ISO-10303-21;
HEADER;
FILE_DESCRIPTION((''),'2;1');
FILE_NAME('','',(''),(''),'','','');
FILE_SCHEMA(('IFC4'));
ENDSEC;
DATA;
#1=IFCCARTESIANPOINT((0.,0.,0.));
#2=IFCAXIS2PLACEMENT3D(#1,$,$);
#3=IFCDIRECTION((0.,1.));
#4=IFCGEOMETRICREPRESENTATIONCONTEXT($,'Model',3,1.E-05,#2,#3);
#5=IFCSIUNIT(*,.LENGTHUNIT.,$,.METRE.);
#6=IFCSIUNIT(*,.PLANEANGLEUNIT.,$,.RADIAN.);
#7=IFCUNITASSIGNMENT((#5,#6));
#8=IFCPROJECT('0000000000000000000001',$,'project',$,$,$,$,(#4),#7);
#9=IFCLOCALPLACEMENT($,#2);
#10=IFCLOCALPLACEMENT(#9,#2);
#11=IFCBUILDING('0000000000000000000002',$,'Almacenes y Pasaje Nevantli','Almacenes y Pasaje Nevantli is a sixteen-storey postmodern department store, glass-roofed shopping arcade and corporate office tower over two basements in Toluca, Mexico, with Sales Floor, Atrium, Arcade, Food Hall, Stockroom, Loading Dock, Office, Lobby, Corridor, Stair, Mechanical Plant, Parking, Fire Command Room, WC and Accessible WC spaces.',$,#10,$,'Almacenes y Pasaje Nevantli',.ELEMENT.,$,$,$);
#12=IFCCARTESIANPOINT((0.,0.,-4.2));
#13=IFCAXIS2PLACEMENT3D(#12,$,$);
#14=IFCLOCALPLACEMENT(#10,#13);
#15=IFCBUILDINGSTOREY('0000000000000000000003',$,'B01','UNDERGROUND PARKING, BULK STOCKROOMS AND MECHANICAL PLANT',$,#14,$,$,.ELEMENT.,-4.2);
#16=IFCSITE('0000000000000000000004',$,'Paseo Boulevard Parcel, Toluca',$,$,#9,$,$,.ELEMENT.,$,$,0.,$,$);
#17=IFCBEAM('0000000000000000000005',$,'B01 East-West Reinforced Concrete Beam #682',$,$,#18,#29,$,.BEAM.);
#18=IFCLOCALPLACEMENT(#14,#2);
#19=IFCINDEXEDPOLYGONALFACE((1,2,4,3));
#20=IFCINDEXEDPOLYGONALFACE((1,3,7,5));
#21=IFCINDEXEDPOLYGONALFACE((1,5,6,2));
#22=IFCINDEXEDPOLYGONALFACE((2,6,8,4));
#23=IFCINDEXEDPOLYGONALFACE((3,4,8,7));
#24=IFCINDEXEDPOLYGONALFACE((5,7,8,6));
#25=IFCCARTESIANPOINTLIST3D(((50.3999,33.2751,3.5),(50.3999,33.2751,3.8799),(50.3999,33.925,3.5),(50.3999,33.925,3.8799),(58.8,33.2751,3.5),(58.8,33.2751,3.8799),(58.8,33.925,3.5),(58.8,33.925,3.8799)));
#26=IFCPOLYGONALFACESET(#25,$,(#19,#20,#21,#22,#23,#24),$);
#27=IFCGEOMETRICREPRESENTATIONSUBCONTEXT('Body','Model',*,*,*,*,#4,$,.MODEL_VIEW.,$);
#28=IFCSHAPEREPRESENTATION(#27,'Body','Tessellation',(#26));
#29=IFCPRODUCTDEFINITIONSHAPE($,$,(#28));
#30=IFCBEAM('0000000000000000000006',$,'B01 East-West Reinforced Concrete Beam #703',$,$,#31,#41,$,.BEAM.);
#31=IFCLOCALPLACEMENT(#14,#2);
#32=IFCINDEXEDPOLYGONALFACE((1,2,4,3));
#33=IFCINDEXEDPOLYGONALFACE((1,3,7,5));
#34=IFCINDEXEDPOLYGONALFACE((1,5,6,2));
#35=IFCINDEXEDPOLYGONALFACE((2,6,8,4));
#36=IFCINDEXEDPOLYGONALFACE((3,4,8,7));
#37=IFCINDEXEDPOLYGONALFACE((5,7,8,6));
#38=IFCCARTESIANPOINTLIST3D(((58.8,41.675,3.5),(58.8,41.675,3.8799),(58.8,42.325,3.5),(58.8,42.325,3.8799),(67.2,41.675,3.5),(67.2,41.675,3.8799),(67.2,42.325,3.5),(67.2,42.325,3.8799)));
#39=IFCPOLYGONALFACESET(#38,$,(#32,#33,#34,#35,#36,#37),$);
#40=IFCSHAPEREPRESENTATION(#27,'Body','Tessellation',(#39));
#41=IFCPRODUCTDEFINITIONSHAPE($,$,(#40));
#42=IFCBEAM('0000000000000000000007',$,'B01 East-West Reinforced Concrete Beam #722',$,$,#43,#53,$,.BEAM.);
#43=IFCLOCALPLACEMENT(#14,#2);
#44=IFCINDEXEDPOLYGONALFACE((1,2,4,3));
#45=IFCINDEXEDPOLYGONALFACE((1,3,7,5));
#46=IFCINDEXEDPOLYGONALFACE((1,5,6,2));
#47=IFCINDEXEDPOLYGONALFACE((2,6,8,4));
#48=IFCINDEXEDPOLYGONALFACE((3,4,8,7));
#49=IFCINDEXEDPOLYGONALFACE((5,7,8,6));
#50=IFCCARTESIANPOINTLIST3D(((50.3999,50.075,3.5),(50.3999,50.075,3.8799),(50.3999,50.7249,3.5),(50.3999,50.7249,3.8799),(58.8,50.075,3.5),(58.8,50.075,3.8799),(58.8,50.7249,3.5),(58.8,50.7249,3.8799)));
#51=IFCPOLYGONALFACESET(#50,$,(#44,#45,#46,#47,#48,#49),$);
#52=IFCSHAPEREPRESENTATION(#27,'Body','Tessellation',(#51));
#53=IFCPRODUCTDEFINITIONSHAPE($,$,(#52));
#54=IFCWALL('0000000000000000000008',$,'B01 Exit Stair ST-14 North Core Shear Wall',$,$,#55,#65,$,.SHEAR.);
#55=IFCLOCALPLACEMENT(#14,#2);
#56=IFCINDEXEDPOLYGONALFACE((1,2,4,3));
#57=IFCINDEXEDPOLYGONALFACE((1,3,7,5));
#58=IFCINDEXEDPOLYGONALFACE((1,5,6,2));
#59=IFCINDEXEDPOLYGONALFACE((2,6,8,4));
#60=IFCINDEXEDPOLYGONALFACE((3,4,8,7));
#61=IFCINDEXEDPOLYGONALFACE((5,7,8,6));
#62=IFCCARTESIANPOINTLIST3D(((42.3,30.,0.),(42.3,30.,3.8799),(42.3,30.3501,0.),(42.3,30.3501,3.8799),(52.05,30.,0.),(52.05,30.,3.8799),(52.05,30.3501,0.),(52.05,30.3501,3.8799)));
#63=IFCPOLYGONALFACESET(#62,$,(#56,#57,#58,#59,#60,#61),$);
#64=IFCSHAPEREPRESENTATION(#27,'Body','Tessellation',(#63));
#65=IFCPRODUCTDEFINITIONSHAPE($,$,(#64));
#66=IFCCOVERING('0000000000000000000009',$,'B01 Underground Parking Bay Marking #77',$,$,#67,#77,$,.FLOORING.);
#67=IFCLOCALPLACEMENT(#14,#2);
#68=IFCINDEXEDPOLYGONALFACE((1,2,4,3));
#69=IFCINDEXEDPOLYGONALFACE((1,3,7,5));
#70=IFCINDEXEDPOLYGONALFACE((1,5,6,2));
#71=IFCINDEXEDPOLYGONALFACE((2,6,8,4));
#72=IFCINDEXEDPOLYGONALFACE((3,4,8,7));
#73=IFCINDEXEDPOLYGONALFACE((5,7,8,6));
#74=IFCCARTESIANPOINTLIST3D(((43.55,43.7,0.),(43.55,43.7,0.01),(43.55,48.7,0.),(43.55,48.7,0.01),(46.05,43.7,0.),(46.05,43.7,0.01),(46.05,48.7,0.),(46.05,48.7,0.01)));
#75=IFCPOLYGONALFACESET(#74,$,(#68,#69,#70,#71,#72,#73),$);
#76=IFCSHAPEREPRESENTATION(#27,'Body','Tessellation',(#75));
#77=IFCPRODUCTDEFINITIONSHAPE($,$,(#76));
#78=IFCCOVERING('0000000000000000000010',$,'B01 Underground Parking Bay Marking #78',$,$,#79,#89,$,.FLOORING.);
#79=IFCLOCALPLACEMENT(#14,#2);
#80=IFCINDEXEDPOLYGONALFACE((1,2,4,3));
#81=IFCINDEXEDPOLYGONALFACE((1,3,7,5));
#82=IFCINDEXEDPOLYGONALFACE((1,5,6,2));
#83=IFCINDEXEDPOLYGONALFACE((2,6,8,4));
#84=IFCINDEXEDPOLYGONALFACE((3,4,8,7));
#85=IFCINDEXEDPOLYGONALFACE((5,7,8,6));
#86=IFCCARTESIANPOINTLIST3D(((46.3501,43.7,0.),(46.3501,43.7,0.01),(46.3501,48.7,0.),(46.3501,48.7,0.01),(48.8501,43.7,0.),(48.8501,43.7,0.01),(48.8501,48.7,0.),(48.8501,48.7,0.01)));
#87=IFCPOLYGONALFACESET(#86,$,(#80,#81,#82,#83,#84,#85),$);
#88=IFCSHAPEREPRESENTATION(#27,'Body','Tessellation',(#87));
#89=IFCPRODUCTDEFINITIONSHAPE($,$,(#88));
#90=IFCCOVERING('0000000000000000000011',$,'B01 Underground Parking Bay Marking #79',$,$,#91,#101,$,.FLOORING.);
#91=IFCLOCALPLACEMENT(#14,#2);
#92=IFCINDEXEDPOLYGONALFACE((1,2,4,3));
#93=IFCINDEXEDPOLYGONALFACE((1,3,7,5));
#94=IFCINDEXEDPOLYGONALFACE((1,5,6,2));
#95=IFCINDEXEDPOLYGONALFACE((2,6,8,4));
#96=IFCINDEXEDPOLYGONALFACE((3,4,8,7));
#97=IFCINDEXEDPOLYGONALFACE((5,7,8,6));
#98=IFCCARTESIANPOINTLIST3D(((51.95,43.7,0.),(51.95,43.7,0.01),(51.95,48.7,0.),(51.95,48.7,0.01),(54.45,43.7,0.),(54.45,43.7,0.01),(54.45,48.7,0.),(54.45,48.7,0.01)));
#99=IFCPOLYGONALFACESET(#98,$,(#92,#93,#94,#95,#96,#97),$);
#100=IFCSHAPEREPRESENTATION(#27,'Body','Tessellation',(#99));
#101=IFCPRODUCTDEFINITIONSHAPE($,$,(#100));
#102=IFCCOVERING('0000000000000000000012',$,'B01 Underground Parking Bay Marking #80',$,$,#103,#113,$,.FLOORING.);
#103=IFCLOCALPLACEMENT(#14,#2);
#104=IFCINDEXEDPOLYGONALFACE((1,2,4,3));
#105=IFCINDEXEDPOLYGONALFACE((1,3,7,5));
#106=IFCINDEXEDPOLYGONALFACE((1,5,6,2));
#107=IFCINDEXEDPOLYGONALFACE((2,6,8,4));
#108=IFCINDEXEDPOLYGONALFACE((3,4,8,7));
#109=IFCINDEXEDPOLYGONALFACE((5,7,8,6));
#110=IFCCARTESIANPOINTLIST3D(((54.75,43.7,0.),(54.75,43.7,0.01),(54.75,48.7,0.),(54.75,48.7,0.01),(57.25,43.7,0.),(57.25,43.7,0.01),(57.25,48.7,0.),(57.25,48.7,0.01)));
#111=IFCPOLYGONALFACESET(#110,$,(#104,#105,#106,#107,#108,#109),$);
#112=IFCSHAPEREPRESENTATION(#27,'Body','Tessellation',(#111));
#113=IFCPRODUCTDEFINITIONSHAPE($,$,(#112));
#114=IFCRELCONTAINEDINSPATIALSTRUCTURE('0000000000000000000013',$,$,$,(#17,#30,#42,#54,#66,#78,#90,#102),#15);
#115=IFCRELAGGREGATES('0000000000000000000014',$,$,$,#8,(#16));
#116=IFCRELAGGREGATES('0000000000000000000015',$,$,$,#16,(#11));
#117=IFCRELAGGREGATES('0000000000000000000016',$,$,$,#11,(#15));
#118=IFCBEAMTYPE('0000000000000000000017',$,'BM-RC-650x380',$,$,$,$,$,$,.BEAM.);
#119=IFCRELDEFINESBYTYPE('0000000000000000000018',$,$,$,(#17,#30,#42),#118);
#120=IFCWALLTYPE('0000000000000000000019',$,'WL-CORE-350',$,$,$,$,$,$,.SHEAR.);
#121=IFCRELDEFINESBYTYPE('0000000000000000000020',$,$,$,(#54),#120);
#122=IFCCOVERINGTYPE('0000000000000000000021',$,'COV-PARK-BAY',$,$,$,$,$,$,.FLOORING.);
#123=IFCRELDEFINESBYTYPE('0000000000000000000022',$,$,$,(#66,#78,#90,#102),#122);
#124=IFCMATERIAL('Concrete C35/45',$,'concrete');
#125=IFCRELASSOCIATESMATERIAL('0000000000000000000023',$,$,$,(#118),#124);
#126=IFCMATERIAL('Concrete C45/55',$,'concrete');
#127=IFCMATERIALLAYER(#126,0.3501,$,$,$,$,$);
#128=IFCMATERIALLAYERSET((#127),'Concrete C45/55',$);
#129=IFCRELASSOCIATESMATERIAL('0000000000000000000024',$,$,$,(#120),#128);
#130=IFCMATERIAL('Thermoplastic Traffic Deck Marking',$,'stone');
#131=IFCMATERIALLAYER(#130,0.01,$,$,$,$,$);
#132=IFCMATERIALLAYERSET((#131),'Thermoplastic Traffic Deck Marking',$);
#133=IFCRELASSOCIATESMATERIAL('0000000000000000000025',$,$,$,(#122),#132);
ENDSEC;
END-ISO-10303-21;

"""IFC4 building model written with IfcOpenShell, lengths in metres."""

from ifc_helpers import new_model, si_unit, direction, frame, frame_2d, origin, origin_2d, place, context, subcontext, project, spatial, rectangle, extrude, material, layer, layer_set, material_profile, profile_set, type_object, element, save


model = new_model("IFC4")

# Units and contexts
model_context = context("Model", 3, precision=1e-05, world=origin(), true_north=direction((0.0, 1.0)))
body_context = subcontext(model_context, "Body", "Model", "MODEL_VIEW")
ifc_project = project(units=[si_unit("LENGTHUNIT", "METRE"), si_unit("PLANEANGLEUNIT", "RADIAN")], contexts=[model_context])

# Site, building, storey
site_placement = place(None, origin())
site = spatial("IfcSite", under=ifc_project, at=site_placement, Name="Paseo Boulevard Parcel, Toluca", CompositionType="ELEMENT", RefElevation=0.0)
building_placement = place(site_placement, origin())
building = spatial("IfcBuilding", under=site, at=building_placement, Name="Almacenes y Pasaje Nevantli", Description="Almacenes y Pasaje Nevantli is a sixteen-storey postmodern department store, glass-roofed shopping arcade and corporate office tower over two basements in Toluca, Mexico, with Sales Floor, Atrium, Arcade, Food Hall, Stockroom, Loading Dock, Office, Lobby, Corridor, Stair, Mechanical Plant, Parking, Fire Command Room, WC and Accessible WC spaces.", LongName="Almacenes y Pasaje Nevantli", CompositionType="ELEMENT")
storey_placement = place(building_placement, frame((0.0, 0.0, -4.2)))
storey = spatial("IfcBuildingStorey", under=building, at=storey_placement, Name="B01", Description="UNDERGROUND PARKING, BULK STOCKROOMS AND MECHANICAL PLANT", CompositionType="ELEMENT", Elevation=-4.2)

# Beams
ifc_material_1 = material(Name="Concrete C35/45", Category="concrete")
ifc_material_profile_1 = material_profile(ifc_material_1, rectangle(XDim=0.6499, YDim=0.3799, at=origin_2d()), Name="RC-BM-650x380")
ifc_profile_set_1 = profile_set([ifc_material_profile_1], Name="Concrete C35/45")
beam_type_1 = type_object("IfcBeamType", Name="BM-RC-650x380", PredefinedType="BEAM", material=ifc_profile_set_1)
beam_1_placement = place(storey_placement, frame((50.3999, 33.6001, 3.6899), z_axis=(1.0, 0.0, 0.0), x_axis=(0.0, 1.0, 0.0)))
element("IfcBeam", 1, at=beam_1_placement, inside=storey, type_object=beam_type_1, Name="B01 East-West Reinforced Concrete Beam #682", PredefinedType="BEAM", context=body_context, shape_type="SweptSolid", body=[
    extrude(rectangle(XDim=0.6499, YDim=0.3799, at=origin_2d()), origin(), (0.0, 0.0, 1.0), 8.4001),
])
beam_2_placement = place(storey_placement, frame((58.8, 42.0, 3.6899), z_axis=(1.0, 0.0, 0.0), x_axis=(0.0, 1.0, 0.0)))
element("IfcBeam", 2, at=beam_2_placement, inside=storey, type_object=beam_type_1, Name="B01 East-West Reinforced Concrete Beam #703", PredefinedType="BEAM", context=body_context, shape_type="SweptSolid", body=[
    extrude(rectangle(XDim=0.6499, YDim=0.3799, at=origin_2d()), origin(), (0.0, 0.0, 1.0), 8.3999),
])
beam_3_placement = place(storey_placement, frame((50.3999, 50.3999, 3.6899), z_axis=(1.0, 0.0, 0.0), x_axis=(0.0, 1.0, 0.0)))
element("IfcBeam", 3, at=beam_3_placement, inside=storey, type_object=beam_type_1, Name="B01 East-West Reinforced Concrete Beam #722", PredefinedType="BEAM", context=body_context, shape_type="SweptSolid", body=[
    extrude(rectangle(XDim=0.6499, YDim=0.3799, at=origin_2d()), origin(), (0.0, 0.0, 1.0), 8.4001),
])

# Wall
ifc_material_2 = material(Name="Concrete C45/55", Category="concrete")
ifc_layer_1 = layer(ifc_material_2, 0.3501)
ifc_layer_set_1 = layer_set([ifc_layer_1], Name="Concrete C45/55")
wall_type = type_object("IfcWallType", Name="WL-CORE-350", PredefinedType="SHEAR", material=ifc_layer_set_1)
wall_placement = place(storey_placement, frame((42.3, 30.175, 0.0), z_axis=(0.0, 0.0, 1.0), x_axis=(1.0, 0.0, 0.0)))
element("IfcWall", 4, at=wall_placement, inside=storey, type_object=wall_type, Name="B01 Exit Stair ST-14 North Core Shear Wall", PredefinedType="SHEAR", context=body_context, shape_type="SweptSolid", body=[
    extrude(rectangle(XDim=9.75, YDim=0.3501, at=frame_2d((4.875, 0.0))), origin(), (0.0, 0.0, 1.0), 3.8799),
])

# Coverings
ifc_material_3 = material(Name="Thermoplastic Traffic Deck Marking", Category="stone")
ifc_layer_2 = layer(ifc_material_3, 0.01)
ifc_layer_set_2 = layer_set([ifc_layer_2], Name="Thermoplastic Traffic Deck Marking")
covering_type = type_object("IfcCoveringType", Name="COV-PARK-BAY", PredefinedType="FLOORING", material=ifc_layer_set_2)
for number, where, z_axis, x_axis, name in (
    (5, (44.8, 46.2, 0.0), (0.0, 0.0, 1.0), (1.0, 0.0, 0.0), "B01 Underground Parking Bay Marking #77"),
    (6, (47.6001, 46.2, 0.0), (0.0, 0.0, 1.0), (1.0, 0.0, 0.0), "B01 Underground Parking Bay Marking #78"),
    (7, (53.2, 46.2, 0.0), (0.0, 0.0, 1.0), (1.0, 0.0, 0.0), "B01 Underground Parking Bay Marking #79"),
    (8, (56.0, 46.2, 0.0), (0.0, 0.0, 1.0), (1.0, 0.0, 0.0), "B01 Underground Parking Bay Marking #80"),
):
    element("IfcCovering", number, at=place(storey_placement, frame(where, z_axis=z_axis, x_axis=x_axis)), inside=storey, type_object=covering_type, Name=name, PredefinedType="FLOORING", context=body_context, shape_type="SweptSolid", body=[
        extrude(rectangle(XDim=2.5, YDim=5.0, at=origin_2d()), origin(), (0.0, 0.0, 1.0), 0.01),
    ])

save(model, "model.ifc")
